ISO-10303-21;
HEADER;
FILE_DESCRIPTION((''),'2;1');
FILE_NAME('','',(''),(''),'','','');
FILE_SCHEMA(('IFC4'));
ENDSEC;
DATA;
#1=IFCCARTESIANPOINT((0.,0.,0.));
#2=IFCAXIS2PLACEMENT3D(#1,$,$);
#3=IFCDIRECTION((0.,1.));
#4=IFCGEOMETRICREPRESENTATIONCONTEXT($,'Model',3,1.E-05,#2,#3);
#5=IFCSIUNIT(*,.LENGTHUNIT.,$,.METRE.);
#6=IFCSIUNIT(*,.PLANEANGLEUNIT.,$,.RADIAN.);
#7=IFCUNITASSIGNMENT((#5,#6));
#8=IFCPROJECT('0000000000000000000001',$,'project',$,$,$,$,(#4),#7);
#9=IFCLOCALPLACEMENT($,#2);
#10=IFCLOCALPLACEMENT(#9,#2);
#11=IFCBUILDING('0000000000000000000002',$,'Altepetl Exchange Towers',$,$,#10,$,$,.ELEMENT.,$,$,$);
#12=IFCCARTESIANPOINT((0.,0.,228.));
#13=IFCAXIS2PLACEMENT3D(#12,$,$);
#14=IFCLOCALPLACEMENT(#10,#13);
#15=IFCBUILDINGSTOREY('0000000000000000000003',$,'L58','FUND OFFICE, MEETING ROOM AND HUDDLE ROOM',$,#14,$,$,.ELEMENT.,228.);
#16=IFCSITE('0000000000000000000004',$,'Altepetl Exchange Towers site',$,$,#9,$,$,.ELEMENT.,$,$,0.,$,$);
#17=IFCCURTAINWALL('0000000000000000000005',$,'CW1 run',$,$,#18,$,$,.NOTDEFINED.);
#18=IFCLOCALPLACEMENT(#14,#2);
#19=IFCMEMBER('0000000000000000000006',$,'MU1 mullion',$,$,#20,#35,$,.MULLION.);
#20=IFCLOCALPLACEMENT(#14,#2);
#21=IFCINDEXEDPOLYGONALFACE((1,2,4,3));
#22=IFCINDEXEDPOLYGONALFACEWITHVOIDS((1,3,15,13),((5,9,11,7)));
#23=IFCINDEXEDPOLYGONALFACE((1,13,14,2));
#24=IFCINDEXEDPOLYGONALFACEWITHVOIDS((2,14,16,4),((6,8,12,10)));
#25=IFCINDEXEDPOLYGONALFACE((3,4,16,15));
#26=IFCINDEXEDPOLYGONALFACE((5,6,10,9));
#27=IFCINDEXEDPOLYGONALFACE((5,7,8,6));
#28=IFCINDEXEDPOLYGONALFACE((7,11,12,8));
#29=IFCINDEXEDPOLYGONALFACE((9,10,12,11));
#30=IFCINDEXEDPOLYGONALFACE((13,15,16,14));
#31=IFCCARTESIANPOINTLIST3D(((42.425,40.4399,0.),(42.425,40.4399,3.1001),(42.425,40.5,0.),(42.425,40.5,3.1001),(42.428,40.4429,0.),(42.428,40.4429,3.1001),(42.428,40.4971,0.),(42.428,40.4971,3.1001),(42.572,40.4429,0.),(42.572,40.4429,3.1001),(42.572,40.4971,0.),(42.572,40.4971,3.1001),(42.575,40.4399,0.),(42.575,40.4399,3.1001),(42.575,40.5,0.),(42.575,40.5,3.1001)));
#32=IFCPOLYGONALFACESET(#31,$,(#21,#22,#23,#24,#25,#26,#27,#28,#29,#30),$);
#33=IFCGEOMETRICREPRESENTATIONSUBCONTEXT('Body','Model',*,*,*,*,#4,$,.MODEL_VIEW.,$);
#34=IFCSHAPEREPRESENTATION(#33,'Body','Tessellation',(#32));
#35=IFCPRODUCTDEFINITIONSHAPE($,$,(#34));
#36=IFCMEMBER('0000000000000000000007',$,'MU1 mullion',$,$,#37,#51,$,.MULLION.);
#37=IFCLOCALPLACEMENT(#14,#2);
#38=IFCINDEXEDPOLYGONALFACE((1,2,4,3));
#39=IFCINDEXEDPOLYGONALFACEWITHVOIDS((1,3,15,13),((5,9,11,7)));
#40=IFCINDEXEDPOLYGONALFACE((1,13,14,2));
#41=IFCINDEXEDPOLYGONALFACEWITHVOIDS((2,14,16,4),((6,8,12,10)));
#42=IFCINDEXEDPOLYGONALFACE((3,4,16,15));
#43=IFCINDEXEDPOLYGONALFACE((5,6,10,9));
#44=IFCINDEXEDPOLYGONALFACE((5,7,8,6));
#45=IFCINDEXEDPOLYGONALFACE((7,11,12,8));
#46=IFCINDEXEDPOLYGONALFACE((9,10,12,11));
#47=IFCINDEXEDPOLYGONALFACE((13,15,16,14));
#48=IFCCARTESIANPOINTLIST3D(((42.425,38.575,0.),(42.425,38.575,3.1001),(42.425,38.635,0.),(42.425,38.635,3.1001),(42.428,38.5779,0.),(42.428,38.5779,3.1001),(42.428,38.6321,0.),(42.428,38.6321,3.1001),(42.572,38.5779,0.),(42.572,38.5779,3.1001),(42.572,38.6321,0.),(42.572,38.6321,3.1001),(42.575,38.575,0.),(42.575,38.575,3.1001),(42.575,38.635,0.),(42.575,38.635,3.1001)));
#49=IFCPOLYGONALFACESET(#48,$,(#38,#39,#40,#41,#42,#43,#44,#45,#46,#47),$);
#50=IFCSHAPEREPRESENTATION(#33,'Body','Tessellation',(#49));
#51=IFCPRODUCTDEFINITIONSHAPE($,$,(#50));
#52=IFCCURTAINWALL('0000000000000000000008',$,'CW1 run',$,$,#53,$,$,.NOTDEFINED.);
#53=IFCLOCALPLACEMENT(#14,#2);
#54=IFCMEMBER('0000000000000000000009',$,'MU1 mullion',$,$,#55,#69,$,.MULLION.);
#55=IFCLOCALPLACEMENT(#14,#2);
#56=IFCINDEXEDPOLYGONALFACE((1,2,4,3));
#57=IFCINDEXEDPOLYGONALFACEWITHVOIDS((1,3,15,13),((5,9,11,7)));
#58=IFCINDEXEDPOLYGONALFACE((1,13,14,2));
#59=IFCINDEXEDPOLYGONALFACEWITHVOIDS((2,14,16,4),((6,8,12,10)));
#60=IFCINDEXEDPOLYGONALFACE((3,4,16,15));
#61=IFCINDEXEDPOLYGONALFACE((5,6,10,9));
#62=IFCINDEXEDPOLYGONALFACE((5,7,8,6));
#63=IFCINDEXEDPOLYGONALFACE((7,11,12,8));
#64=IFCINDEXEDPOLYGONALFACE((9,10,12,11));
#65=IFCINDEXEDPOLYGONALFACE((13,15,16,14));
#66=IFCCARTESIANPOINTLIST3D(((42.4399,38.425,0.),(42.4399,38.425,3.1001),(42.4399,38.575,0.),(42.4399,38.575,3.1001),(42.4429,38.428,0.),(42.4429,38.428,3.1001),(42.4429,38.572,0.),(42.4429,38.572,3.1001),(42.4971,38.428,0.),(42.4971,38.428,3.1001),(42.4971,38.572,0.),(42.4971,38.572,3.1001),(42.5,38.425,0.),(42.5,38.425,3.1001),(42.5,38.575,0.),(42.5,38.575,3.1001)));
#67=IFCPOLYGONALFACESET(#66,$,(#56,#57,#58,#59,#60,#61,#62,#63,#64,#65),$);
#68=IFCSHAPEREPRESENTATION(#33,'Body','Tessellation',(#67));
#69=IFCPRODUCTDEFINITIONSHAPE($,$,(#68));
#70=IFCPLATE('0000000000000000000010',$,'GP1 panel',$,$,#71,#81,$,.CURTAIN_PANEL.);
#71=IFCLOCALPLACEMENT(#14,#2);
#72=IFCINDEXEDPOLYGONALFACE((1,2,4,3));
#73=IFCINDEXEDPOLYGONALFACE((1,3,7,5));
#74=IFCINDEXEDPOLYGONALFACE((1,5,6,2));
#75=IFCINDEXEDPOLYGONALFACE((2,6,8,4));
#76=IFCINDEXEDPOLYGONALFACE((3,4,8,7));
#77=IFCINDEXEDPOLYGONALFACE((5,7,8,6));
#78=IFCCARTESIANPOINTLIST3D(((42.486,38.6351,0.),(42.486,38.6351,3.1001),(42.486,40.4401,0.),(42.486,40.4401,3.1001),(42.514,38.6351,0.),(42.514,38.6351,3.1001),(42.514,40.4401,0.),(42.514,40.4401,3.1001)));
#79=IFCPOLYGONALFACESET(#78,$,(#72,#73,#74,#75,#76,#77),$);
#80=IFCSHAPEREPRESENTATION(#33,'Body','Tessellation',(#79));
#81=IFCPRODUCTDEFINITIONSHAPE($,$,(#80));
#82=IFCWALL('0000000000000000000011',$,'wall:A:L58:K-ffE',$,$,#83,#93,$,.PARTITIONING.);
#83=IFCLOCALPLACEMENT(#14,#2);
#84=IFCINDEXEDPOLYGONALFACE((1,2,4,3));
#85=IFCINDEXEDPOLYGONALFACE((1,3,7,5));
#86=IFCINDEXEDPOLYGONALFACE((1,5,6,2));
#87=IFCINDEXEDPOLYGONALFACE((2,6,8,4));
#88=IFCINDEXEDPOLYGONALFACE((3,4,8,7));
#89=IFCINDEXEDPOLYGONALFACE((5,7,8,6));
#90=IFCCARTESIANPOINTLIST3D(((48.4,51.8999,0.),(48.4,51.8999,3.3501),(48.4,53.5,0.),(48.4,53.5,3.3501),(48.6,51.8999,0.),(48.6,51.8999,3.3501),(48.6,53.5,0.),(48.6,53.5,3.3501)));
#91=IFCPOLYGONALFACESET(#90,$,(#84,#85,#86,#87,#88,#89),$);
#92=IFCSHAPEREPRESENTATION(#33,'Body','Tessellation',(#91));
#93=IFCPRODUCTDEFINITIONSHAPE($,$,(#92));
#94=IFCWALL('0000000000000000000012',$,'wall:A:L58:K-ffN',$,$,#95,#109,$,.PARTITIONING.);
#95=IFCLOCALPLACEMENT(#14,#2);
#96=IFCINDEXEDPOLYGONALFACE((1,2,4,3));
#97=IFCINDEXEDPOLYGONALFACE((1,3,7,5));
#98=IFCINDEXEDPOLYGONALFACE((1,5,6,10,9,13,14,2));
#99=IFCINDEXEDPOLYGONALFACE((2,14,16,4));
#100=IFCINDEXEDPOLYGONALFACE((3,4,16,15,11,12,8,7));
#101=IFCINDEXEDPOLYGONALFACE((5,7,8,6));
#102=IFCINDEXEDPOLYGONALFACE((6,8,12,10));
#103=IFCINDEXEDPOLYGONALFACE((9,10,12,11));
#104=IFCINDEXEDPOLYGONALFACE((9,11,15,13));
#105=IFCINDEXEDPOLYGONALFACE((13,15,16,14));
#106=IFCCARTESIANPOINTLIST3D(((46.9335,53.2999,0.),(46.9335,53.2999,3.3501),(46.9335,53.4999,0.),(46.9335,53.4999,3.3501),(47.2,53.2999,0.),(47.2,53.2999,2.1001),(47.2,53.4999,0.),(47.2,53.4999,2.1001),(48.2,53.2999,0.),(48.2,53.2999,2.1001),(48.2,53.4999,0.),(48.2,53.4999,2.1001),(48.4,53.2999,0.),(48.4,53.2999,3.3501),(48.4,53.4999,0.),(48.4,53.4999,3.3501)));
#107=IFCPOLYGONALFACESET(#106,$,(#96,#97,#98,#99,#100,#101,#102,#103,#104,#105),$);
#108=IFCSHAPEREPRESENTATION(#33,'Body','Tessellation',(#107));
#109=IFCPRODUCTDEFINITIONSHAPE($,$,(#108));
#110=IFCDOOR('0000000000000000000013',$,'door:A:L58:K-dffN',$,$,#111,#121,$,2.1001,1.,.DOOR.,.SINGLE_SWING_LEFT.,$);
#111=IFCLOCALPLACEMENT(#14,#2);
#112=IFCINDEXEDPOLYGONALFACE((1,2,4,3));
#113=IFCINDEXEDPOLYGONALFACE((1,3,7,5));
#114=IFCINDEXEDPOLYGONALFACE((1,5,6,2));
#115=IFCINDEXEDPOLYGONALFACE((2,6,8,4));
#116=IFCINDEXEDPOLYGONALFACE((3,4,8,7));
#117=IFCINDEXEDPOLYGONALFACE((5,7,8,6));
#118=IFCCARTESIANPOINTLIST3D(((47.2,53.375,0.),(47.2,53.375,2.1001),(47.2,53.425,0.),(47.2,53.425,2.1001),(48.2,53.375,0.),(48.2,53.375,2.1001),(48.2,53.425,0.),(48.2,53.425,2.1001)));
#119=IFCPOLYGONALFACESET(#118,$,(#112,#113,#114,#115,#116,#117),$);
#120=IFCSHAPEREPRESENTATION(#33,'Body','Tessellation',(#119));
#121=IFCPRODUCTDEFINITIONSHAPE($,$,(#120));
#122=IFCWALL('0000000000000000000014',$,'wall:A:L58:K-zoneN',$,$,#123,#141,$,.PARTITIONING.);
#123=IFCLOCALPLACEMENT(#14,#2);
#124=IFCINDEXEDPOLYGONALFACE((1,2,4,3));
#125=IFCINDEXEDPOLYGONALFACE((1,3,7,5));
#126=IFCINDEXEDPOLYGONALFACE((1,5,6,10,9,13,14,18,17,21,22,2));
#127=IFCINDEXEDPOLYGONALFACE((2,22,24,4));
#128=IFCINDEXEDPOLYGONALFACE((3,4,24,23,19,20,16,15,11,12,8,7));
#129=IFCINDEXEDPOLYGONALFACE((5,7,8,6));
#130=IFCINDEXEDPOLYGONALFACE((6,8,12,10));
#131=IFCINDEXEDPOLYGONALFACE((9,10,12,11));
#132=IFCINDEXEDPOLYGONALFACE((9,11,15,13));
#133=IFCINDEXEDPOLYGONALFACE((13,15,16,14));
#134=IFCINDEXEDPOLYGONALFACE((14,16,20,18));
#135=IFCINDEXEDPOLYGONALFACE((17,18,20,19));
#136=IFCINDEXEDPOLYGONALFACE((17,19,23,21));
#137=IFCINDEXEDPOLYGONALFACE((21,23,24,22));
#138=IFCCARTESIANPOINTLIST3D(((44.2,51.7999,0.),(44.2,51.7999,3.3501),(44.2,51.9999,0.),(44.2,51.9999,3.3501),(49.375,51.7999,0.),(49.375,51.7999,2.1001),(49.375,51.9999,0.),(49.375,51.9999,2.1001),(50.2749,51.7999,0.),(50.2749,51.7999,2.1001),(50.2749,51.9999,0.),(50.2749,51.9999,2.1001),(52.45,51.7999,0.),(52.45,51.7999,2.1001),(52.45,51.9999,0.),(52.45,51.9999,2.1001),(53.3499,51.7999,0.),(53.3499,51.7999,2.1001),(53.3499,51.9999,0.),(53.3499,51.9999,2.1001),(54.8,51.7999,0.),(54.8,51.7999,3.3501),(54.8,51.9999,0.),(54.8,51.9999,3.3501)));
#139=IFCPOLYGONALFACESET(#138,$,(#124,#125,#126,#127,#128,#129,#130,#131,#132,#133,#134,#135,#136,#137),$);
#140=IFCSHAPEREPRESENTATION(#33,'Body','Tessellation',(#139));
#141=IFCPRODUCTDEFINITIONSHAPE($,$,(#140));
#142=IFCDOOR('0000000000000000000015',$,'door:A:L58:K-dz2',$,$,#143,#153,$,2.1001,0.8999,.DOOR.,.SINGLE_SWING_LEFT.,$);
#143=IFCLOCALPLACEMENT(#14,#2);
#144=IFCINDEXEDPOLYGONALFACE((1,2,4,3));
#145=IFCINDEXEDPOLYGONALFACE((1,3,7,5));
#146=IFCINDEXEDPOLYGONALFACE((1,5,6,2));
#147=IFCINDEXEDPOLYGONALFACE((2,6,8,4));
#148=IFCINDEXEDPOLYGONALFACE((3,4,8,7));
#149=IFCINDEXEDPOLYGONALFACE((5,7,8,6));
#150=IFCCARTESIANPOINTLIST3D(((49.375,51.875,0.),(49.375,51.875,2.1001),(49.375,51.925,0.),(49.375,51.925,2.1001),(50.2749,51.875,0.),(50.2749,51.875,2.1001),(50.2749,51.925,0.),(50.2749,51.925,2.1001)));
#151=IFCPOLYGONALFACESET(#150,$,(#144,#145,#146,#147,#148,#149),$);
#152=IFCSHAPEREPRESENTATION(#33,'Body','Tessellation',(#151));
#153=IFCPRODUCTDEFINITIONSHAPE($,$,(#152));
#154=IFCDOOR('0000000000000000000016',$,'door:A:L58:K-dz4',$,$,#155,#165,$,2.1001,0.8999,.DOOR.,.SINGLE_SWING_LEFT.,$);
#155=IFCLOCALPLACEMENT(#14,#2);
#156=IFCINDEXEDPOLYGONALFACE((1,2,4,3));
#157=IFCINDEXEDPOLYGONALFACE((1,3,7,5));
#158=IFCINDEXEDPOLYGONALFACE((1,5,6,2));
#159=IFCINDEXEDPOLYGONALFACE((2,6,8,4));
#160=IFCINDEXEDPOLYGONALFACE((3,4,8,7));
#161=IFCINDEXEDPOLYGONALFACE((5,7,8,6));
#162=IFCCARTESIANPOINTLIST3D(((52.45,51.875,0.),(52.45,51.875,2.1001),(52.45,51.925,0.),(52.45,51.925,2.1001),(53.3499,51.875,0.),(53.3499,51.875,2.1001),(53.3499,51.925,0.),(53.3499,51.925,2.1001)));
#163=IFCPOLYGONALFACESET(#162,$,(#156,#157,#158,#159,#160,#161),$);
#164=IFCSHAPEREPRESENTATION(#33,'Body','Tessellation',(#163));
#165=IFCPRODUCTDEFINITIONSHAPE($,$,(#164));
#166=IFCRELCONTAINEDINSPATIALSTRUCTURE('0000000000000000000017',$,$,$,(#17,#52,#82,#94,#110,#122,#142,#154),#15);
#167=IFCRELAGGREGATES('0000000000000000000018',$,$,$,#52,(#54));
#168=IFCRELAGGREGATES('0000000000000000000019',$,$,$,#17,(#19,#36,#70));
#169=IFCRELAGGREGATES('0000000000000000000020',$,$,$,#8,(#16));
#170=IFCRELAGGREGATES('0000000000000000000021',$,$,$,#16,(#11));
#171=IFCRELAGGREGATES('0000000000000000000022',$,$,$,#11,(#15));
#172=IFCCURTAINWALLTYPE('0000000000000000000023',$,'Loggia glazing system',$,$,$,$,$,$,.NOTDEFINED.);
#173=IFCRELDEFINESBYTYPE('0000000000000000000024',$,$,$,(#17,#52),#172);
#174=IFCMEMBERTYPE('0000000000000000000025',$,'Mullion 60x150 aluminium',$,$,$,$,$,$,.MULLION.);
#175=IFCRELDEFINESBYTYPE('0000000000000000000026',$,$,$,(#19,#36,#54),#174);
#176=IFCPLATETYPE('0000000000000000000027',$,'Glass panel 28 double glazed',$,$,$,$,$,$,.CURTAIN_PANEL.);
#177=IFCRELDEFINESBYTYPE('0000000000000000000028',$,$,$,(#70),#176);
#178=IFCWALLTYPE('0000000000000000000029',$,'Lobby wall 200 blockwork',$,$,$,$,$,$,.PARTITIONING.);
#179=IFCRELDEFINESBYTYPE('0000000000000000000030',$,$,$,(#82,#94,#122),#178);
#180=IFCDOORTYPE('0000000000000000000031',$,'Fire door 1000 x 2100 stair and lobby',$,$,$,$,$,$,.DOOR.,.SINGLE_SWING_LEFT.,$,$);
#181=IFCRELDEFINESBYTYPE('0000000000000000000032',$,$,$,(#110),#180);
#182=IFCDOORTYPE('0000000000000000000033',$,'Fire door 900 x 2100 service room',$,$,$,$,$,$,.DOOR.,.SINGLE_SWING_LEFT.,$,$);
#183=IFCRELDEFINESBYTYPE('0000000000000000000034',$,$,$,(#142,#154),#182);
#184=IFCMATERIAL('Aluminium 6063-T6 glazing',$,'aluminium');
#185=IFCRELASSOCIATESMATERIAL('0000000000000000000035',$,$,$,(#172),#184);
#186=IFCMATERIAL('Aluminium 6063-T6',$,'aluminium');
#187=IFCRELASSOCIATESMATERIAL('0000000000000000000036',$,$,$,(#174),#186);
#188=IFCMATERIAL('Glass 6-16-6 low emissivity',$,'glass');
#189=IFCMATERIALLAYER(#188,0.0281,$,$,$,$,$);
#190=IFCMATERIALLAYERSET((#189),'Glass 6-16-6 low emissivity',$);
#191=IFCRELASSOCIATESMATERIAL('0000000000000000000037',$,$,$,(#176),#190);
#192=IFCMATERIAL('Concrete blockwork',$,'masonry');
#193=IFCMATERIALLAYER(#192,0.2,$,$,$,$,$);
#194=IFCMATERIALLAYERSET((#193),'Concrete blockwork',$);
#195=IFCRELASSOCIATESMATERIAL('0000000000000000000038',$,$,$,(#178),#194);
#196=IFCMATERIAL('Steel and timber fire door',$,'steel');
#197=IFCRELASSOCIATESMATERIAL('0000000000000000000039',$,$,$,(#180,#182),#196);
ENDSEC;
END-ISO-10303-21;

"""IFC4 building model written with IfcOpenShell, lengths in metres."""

from ifc_helpers import new_model, si_unit, direction, frame, frame_2d, origin, origin_2d, place, context, subcontext, project, spatial, rectangle, hollow_rectangle, extrude, material, layer, layer_set, material_profile, profile_set, type_object, element, fill, aggregate, save


model = new_model("IFC4")

# Units and contexts
model_context = context("Model", 3, precision=1e-05, world=origin(), true_north=direction((0.0, 1.0)))
body_context = subcontext(model_context, "Body", "Model", "MODEL_VIEW")
ifc_project = project(units=[si_unit("LENGTHUNIT", "METRE"), si_unit("PLANEANGLEUNIT", "RADIAN")], contexts=[model_context])

# Site, building, storey
site_placement = place(None, origin())
site = spatial("IfcSite", under=ifc_project, at=site_placement, Name="Altepetl Exchange Towers site", CompositionType="ELEMENT", RefElevation=0.0)
building_placement = place(site_placement, origin())
building = spatial("IfcBuilding", under=site, at=building_placement, Name="Altepetl Exchange Towers", CompositionType="ELEMENT")
storey_placement = place(building_placement, frame((0.0, 0.0, 228.0)))
storey = spatial("IfcBuildingStorey", under=building, at=storey_placement, Name="L58", Description="FUND OFFICE, MEETING ROOM AND HUDDLE ROOM", CompositionType="ELEMENT", Elevation=228.0)

# Curtain wall, members
ifc_material_1 = material(Name="Aluminium 6063-T6 glazing", Category="aluminium")
curtain_wall_type = type_object("IfcCurtainWallType", Name="Loggia glazing system", PredefinedType="NOTDEFINED", material=ifc_material_1)
curtain_wall_1_placement = place(storey_placement, origin())
curtain_wall_1 = element("IfcCurtainWall", 1, at=curtain_wall_1_placement, inside=storey, type_object=curtain_wall_type, Name="CW1 run", PredefinedType="NOTDEFINED")
ifc_material_2 = material(Name="Aluminium 6063-T6", Category="aluminium")
ifc_material_profile = material_profile(ifc_material_2, hollow_rectangle(XDim=0.0601, YDim=0.1499, WallThickness=0.0029, at=origin_2d()), Name="Mullion 60x150 aluminium")
ifc_profile_set = profile_set([ifc_material_profile], Name="Aluminium 6063-T6")
member_type = type_object("IfcMemberType", Name="Mullion 60x150 aluminium", PredefinedType="MULLION", material=ifc_profile_set)
member_1_placement = place(storey_placement, frame((42.5, 40.47, 0.0), z_axis=(0.0, 0.0, 1.0), x_axis=(0.0, -1.0, 0.0)))
member_1 = element("IfcMember", 2, at=member_1_placement, type_object=member_type, Name="MU1 mullion", PredefinedType="MULLION", context=body_context, shape_type="SweptSolid", body=[
    extrude(hollow_rectangle(XDim=0.0601, YDim=0.1499, WallThickness=0.0029, at=origin_2d()), origin(), (0.0, 0.0, 1.0), 3.1001),
])
member_2_placement = place(storey_placement, frame((42.5, 38.605, 0.0), z_axis=(0.0, 0.0, 1.0), x_axis=(0.0, -1.0, 0.0)))
member_2 = element("IfcMember", 3, at=member_2_placement, type_object=member_type, Name="MU1 mullion", PredefinedType="MULLION", context=body_context, shape_type="SweptSolid", body=[
    extrude(hollow_rectangle(XDim=0.0601, YDim=0.1499, WallThickness=0.0029, at=origin_2d()), origin(), (0.0, 0.0, 1.0), 3.1001),
])

# Curtain wall, member
curtain_wall_2_placement = place(storey_placement, origin())
curtain_wall_2 = element("IfcCurtainWall", 4, at=curtain_wall_2_placement, inside=storey, type_object=curtain_wall_type, Name="CW1 run", PredefinedType="NOTDEFINED")
member_3_placement = place(storey_placement, frame((42.47, 38.5, 0.0), z_axis=(0.0, 0.0, 1.0), x_axis=(-1.0, 0.0, 0.0)))
member_3 = element("IfcMember", 5, at=member_3_placement, type_object=member_type, Name="MU1 mullion", PredefinedType="MULLION", context=body_context, shape_type="SweptSolid", body=[
    extrude(hollow_rectangle(XDim=0.0601, YDim=0.1499, WallThickness=0.0029, at=origin_2d()), origin(), (0.0, 0.0, 1.0), 3.1001),
])
aggregate(curtain_wall_2, [member_3])

# Plate
ifc_material_3 = material(Name="Glass 6-16-6 low emissivity", Category="glass")
ifc_layer_1 = layer(ifc_material_3, 0.0281)
ifc_layer_set_1 = layer_set([ifc_layer_1], Name="Glass 6-16-6 low emissivity")
plate_type = type_object("IfcPlateType", Name="Glass panel 28 double glazed", PredefinedType="CURTAIN_PANEL", material=ifc_layer_set_1)
plate_placement = place(storey_placement, frame((42.5, 39.5376, 0.0), z_axis=(0.0, 0.0, 1.0), x_axis=(0.0, -1.0, 0.0)))
plate = element("IfcPlate", 6, at=plate_placement, type_object=plate_type, Name="GP1 panel", PredefinedType="CURTAIN_PANEL", context=body_context, shape_type="SweptSolid", body=[
    extrude(rectangle(XDim=1.8049, YDim=0.0281, at=origin_2d()), origin(), (0.0, 0.0, 1.0), 3.1001),
])
aggregate(curtain_wall_1, [member_1, member_2, plate])

# Wall
ifc_material_4 = material(Name="Concrete blockwork", Category="masonry")
ifc_layer_2 = layer(ifc_material_4, 0.2)
ifc_layer_set_2 = layer_set([ifc_layer_2], Name="Concrete blockwork")
wall_type_1 = type_object("IfcWallType", Name="Lobby wall 200 blockwork", PredefinedType="PARTITIONING", material=ifc_layer_set_2)
wall_1_placement = place(storey_placement, frame((48.5, 51.8999, 0.0), z_axis=(0.0, 0.0, 1.0), x_axis=(0.0, 1.0, 0.0)))
element("IfcWall", 7, at=wall_1_placement, inside=storey, type_object=wall_type_1, Name="wall:A:L58:K-ffE", PredefinedType="PARTITIONING", context=body_context, shape_type="SweptSolid", body=[
    extrude(rectangle(XDim=1.6001, YDim=0.2, at=frame_2d((0.8, 0.0))), origin(), (0.0, 0.0, 1.0), 3.3501),
])

# Wall, opening, door
wall_2_placement = place(storey_placement, frame((46.9333, 53.3999, 0.0)))
wall_2 = element("IfcWall", 8, at=wall_2_placement, inside=storey, type_object=wall_type_1, Name="wall:A:L58:K-ffN", PredefinedType="PARTITIONING", context=body_context, shape_type="SweptSolid", body=[
    extrude(rectangle(XDim=1.4666, YDim=0.2, at=frame_2d((0.7334, 0.0))), origin(), (0.0, 0.0, 1.0), 3.3501),
])
opening_1_placement = place(wall_2_placement, frame((0.2666, 0.0, 0.0)))
opening_1 = element("IfcOpeningElement", 9, at=opening_1_placement, cuts=wall_2, PredefinedType="OPENING", context=body_context, shape_type="SweptSolid", body=[
    extrude(rectangle(XDim=1.0, YDim=2.1001, at=frame_2d((0.5, 1.05))), frame((0.0, 0.1099, 0.0), z_axis=(0.0, -1.0, 0.0), x_axis=(1.0, 0.0, 0.0)), (0.0, 0.0, 1.0), 0.22),
])
ifc_material_5 = material(Name="Steel and timber fire door", Category="steel")
door_type_1 = type_object("IfcDoorType", Name="Fire door 1000 x 2100 stair and lobby", OperationType="SINGLE_SWING_LEFT", PredefinedType="DOOR", material=ifc_material_5)
door_1_placement = place(opening_1_placement, frame((1.0, 0.0, 0.0), x_axis=(-1.0, 0.0, 0.0)))
door_1 = element("IfcDoor", 10, at=door_1_placement, inside=storey, type_object=door_type_1, Name="door:A:L58:K-dffN", OperationType="SINGLE_SWING_LEFT", OverallHeight=2.1001, OverallWidth=1.0, PredefinedType="DOOR", context=body_context, shape_type="SweptSolid", body=[
    extrude(rectangle(XDim=1.0, YDim=2.1001, at=frame_2d((0.5, 1.05))), frame((0.0, 0.0249, 0.0), z_axis=(0.0, -1.0, 0.0), x_axis=(1.0, 0.0, 0.0)), (0.0, 0.0, 1.0), 0.05),
])
fill(opening_1, door_1)

# Wall, openings, doors
wall_3_placement = place(storey_placement, frame((44.2, 51.8999, 0.0)))
wall_3 = element("IfcWall", 11, at=wall_3_placement, inside=storey, type_object=wall_type_1, Name="wall:A:L58:K-zoneN", PredefinedType="PARTITIONING", context=body_context, shape_type="SweptSolid", body=[
    extrude(rectangle(XDim=10.6001, YDim=0.2, at=frame_2d((5.3, 0.0))), origin(), (0.0, 0.0, 1.0), 3.3501),
])
opening_2_placement = place(wall_3_placement, frame((5.175, 0.0, 0.0)))
opening_2 = element("IfcOpeningElement", 12, at=opening_2_placement, cuts=wall_3, PredefinedType="OPENING", context=body_context, shape_type="SweptSolid", body=[
    extrude(rectangle(XDim=0.8999, YDim=2.1001, at=frame_2d((0.45, 1.05))), frame((0.0, 0.1099, 0.0), z_axis=(0.0, -1.0, 0.0), x_axis=(1.0, 0.0, 0.0)), (0.0, 0.0, 1.0), 0.22),
])
opening_3_placement = place(wall_3_placement, frame((8.25, 0.0, 0.0)))
opening_3 = element("IfcOpeningElement", 13, at=opening_3_placement, cuts=wall_3, PredefinedType="OPENING", context=body_context, shape_type="SweptSolid", body=[
    extrude(rectangle(XDim=0.8999, YDim=2.1001, at=frame_2d((0.45, 1.05))), frame((0.0, 0.1099, 0.0), z_axis=(0.0, -1.0, 0.0), x_axis=(1.0, 0.0, 0.0)), (0.0, 0.0, 1.0), 0.22),
])
door_type_2 = type_object("IfcDoorType", Name="Fire door 900 x 2100 service room", OperationType="SINGLE_SWING_LEFT", PredefinedType="DOOR", material=ifc_material_5)
door_2_placement = place(opening_2_placement, frame((0.8999, 0.0, 0.0), x_axis=(-1.0, 0.0, 0.0)))
door_2 = element("IfcDoor", 14, at=door_2_placement, inside=storey, type_object=door_type_2, Name="door:A:L58:K-dz2", OperationType="SINGLE_SWING_LEFT", OverallHeight=2.1001, OverallWidth=0.8999, PredefinedType="DOOR", context=body_context, shape_type="SweptSolid", body=[
    extrude(rectangle(XDim=0.8999, YDim=2.1001, at=frame_2d((0.45, 1.05))), frame((0.0, 0.0249, 0.0), z_axis=(0.0, -1.0, 0.0), x_axis=(1.0, 0.0, 0.0)), (0.0, 0.0, 1.0), 0.05),
])
fill(opening_2, door_2)
door_3_placement = place(opening_3_placement, frame((0.8999, 0.0, 0.0), x_axis=(-1.0, 0.0, 0.0)))
door_3 = element("IfcDoor", 15, at=door_3_placement, inside=storey, type_object=door_type_2, Name="door:A:L58:K-dz4", OperationType="SINGLE_SWING_LEFT", OverallHeight=2.1001, OverallWidth=0.8999, PredefinedType="DOOR", context=body_context, shape_type="SweptSolid", body=[
    extrude(rectangle(XDim=0.8999, YDim=2.1001, at=frame_2d((0.45, 1.05))), frame((0.0, 0.0249, 0.0), z_axis=(0.0, -1.0, 0.0), x_axis=(1.0, 0.0, 0.0)), (0.0, 0.0, 1.0), 0.05),
])
fill(opening_3, door_3)

save(model, "model.ifc")
